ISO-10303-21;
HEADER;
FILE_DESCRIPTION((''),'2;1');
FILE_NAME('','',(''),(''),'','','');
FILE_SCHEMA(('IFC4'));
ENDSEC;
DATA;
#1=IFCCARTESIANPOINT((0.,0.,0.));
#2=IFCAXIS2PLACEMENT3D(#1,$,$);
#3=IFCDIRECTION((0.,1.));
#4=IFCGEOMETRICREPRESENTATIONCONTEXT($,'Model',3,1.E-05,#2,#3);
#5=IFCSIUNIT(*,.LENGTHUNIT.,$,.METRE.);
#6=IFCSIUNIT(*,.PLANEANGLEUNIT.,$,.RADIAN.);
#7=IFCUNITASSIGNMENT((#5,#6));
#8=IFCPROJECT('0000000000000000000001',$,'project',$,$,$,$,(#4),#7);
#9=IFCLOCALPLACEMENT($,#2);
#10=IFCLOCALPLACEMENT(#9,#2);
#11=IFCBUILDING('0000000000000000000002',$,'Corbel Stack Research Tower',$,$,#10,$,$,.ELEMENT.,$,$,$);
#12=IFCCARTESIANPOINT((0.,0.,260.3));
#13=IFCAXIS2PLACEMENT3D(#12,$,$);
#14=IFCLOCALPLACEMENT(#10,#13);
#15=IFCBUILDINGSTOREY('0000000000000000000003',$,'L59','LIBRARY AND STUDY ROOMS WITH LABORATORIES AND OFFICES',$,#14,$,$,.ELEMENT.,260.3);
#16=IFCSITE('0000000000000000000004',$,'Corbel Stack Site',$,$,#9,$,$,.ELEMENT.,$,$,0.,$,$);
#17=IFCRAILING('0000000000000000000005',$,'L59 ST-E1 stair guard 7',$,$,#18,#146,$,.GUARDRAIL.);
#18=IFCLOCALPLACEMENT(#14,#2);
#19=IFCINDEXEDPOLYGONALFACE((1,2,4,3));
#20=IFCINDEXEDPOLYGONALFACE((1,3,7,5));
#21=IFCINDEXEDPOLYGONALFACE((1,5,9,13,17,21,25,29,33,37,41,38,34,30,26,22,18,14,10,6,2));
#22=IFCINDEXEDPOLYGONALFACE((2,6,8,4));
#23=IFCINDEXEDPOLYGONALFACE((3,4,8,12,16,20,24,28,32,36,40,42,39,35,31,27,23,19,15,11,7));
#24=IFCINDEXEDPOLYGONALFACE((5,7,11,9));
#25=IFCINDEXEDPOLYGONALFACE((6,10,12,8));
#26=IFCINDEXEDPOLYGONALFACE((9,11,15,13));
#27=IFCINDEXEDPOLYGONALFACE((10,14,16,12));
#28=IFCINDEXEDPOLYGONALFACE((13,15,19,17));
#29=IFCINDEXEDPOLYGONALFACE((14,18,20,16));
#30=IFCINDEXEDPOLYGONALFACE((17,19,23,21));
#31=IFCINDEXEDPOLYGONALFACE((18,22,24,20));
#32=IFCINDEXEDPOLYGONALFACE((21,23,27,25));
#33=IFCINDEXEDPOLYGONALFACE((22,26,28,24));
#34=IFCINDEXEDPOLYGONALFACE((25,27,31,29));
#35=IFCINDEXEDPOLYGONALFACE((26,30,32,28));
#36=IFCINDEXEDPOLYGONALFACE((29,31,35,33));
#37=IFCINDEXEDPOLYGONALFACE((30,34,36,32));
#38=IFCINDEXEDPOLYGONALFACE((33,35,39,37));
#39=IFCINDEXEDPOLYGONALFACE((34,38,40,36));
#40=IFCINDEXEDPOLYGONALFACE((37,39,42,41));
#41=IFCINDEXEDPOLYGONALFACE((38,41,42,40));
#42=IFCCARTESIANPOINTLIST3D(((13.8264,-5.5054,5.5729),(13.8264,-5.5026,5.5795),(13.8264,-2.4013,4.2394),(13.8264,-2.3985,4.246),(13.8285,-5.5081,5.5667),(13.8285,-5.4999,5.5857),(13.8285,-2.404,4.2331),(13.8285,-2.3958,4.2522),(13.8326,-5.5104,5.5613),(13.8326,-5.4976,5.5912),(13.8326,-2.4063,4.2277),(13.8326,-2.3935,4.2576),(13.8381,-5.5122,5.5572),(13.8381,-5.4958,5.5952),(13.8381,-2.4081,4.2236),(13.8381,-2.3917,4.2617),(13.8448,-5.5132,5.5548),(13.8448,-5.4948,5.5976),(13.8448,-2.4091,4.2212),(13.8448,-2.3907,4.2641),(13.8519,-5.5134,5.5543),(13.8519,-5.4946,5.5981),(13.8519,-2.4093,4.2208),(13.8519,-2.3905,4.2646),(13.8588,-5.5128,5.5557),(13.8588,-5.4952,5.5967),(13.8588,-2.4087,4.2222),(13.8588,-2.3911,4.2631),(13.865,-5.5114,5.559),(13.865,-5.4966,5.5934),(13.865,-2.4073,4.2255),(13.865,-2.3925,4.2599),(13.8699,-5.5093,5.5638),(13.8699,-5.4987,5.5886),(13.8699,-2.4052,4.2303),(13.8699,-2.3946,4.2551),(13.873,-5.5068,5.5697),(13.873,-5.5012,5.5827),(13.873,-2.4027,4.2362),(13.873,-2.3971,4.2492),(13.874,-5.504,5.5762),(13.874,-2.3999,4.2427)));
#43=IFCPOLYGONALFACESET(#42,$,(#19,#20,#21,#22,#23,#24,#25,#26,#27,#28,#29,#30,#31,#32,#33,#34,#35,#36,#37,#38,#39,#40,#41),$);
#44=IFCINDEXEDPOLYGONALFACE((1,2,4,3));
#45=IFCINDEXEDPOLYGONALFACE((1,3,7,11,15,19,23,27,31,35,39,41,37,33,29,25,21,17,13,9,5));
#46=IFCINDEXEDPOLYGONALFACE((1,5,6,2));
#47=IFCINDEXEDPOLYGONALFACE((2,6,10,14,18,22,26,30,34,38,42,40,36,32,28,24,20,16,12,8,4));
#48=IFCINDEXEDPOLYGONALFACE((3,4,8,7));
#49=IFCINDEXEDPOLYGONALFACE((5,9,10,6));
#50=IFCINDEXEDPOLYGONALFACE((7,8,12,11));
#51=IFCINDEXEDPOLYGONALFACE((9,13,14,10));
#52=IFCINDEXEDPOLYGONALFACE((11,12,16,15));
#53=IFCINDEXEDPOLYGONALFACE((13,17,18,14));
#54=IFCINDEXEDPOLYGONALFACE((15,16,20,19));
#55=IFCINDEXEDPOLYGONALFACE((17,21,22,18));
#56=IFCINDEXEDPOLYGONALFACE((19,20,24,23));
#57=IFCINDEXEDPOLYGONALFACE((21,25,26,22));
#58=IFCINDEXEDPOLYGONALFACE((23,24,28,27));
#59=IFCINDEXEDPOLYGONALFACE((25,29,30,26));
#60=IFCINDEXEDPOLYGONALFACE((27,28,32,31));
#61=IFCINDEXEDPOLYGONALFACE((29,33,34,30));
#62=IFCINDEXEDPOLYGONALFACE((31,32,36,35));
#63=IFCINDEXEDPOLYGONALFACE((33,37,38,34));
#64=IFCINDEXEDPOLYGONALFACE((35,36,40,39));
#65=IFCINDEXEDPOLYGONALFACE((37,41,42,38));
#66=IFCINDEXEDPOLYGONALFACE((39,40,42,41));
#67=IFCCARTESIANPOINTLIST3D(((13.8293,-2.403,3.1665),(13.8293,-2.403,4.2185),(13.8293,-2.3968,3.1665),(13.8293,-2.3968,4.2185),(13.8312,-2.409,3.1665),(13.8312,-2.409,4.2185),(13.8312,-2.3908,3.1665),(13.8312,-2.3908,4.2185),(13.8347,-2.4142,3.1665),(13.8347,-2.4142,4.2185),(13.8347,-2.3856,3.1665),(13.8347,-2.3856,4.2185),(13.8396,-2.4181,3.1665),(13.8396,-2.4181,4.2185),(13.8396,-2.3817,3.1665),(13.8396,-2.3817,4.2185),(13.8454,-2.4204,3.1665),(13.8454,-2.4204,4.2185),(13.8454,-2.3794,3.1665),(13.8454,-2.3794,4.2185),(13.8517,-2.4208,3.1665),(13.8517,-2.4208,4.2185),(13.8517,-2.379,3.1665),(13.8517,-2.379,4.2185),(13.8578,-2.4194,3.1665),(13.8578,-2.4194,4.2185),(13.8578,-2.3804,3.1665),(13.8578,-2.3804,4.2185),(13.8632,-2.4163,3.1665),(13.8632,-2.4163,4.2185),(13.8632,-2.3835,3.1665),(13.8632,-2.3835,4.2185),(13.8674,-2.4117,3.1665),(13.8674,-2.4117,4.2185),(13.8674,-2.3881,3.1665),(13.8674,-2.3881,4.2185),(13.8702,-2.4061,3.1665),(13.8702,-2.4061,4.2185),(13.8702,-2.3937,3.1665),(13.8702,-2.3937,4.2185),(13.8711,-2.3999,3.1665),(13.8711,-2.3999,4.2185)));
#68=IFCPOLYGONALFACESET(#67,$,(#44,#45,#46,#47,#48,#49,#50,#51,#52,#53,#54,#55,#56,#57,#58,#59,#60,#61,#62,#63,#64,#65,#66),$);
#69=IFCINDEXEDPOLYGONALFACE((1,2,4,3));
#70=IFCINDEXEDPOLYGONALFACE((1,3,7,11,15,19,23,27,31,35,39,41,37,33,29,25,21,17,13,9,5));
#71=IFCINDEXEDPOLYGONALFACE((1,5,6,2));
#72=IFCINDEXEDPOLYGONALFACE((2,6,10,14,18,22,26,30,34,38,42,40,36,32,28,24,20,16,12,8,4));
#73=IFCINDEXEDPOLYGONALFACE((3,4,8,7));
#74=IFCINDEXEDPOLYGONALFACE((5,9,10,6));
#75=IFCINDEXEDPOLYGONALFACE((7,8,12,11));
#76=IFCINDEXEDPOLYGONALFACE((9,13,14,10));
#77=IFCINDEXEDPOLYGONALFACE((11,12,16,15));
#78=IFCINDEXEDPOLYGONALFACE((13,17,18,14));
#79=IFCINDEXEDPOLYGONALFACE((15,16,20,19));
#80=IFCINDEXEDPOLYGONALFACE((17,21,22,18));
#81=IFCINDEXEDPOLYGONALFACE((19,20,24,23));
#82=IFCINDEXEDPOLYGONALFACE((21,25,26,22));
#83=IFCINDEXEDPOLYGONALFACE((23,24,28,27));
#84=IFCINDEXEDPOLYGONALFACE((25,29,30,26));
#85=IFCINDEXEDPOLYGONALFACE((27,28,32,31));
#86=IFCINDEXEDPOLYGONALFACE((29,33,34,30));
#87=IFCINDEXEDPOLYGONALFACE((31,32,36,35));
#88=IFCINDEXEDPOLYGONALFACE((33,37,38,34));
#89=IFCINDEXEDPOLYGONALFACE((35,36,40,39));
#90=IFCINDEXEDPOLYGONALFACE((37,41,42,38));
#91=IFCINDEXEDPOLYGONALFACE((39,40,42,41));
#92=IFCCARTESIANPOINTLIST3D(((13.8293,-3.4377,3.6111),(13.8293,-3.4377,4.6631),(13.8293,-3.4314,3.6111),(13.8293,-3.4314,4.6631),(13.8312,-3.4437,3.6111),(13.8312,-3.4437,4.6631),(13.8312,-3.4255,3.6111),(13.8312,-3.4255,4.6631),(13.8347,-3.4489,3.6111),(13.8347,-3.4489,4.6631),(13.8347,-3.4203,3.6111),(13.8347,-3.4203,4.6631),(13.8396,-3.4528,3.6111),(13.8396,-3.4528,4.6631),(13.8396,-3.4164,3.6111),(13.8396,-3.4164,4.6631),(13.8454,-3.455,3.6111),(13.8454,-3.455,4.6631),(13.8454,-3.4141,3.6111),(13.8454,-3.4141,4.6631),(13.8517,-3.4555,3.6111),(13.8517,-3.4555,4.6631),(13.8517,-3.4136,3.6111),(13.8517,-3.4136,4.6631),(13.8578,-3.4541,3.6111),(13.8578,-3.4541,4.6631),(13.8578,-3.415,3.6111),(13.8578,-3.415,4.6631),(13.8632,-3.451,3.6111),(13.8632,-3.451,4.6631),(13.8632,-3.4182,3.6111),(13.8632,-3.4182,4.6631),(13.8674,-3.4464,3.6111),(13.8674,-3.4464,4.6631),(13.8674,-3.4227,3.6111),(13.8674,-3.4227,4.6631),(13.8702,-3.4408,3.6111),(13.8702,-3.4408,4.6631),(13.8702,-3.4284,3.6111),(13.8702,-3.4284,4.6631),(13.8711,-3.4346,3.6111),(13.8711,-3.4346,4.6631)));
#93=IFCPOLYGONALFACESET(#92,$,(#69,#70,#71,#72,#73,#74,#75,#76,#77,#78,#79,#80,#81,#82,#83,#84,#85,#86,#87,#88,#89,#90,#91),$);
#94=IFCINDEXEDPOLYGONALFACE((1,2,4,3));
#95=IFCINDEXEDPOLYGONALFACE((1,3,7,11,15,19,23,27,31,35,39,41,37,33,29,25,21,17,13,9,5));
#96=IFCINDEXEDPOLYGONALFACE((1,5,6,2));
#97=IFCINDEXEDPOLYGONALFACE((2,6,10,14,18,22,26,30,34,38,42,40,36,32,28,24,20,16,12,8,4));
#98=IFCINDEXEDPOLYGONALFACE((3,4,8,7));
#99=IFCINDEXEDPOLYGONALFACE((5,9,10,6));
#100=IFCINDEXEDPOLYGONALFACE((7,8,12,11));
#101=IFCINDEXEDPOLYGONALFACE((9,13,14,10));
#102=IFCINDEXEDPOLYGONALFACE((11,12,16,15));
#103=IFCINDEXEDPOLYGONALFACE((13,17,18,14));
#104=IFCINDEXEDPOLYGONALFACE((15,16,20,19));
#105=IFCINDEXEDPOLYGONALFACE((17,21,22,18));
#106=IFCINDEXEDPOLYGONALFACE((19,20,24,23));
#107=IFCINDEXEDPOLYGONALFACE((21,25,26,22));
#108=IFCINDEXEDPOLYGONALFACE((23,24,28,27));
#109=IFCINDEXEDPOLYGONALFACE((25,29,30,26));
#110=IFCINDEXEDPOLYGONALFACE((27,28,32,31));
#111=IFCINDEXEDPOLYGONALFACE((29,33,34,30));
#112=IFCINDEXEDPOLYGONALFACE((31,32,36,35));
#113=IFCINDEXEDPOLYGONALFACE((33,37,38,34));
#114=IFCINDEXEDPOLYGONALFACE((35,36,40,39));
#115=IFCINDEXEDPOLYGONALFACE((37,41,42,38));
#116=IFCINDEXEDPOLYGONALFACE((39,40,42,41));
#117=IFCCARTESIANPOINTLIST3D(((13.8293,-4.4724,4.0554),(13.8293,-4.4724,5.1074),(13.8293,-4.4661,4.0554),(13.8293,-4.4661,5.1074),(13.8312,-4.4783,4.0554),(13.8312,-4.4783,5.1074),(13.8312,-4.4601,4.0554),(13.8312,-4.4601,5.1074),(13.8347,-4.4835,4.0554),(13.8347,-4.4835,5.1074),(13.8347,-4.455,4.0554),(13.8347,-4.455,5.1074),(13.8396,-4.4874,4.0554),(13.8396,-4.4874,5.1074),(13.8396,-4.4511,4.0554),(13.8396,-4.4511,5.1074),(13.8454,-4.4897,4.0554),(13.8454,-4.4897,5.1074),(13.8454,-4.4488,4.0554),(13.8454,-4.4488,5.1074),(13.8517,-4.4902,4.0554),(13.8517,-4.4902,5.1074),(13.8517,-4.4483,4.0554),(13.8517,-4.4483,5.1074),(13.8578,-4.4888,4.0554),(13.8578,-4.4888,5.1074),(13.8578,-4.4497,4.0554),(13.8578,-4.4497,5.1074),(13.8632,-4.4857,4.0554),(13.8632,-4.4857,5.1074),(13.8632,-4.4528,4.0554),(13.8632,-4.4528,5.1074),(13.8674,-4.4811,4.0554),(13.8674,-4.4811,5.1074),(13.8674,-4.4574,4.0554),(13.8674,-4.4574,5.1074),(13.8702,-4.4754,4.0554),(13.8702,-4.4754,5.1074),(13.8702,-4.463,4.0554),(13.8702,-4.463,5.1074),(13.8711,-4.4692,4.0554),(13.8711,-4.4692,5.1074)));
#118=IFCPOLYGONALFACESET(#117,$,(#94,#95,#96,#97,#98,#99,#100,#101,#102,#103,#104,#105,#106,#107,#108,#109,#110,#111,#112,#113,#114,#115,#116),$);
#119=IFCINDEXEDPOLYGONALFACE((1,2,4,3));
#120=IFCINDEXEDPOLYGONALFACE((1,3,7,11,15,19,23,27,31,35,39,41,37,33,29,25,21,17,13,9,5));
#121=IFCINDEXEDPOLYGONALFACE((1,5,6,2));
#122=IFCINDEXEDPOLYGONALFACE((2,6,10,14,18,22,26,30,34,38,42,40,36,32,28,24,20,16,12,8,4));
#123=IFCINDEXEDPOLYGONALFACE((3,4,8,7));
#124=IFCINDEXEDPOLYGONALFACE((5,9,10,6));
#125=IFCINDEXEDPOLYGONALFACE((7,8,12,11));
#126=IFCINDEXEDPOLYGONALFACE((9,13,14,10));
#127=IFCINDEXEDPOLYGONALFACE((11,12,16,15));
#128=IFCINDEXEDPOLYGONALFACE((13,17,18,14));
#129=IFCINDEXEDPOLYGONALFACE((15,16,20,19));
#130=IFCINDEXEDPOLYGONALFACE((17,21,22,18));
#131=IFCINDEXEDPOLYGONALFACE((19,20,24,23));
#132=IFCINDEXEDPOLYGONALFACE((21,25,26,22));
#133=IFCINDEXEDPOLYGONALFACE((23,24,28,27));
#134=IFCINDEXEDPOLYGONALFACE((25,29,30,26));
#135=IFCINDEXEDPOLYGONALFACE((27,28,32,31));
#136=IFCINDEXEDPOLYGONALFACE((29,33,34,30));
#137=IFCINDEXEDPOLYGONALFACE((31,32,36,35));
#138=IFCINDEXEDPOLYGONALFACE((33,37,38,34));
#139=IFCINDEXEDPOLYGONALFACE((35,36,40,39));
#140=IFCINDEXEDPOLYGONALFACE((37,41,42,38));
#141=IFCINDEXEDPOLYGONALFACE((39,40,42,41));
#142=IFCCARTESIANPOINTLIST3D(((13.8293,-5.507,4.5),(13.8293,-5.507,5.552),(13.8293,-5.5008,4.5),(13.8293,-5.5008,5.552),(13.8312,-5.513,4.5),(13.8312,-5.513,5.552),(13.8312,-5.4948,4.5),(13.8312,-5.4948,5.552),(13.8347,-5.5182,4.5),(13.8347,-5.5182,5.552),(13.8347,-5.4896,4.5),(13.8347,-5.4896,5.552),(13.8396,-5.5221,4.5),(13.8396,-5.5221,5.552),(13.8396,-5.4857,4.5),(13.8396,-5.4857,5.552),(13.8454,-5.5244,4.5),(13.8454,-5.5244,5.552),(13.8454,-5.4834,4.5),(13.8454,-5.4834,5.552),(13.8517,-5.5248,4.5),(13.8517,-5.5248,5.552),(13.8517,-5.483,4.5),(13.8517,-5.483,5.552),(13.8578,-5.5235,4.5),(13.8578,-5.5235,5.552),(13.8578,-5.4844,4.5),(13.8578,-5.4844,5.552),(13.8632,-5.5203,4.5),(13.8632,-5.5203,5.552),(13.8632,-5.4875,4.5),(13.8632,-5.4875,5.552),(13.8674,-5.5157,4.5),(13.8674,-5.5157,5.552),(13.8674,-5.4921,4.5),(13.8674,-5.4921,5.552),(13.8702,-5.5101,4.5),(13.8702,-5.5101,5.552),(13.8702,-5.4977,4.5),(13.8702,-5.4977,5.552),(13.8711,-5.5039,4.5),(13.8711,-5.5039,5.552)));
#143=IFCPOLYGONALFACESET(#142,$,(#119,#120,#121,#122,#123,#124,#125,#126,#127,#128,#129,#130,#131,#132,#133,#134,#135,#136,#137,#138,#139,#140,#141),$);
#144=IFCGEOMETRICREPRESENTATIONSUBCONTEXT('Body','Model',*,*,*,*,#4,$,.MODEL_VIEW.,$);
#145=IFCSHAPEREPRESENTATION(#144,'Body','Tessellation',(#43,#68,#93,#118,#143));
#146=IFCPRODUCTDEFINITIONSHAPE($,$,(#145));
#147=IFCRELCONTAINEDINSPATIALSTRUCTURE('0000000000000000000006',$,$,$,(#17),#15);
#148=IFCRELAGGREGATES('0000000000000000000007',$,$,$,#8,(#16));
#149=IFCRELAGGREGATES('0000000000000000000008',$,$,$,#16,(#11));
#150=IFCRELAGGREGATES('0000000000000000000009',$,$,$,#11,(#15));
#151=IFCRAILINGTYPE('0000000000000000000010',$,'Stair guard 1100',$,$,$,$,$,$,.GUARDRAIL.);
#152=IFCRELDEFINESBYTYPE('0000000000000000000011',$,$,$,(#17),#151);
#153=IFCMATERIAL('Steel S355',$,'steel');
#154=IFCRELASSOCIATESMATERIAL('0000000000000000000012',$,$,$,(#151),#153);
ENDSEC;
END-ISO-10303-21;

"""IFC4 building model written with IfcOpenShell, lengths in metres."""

from ifc_helpers import new_model, si_unit, direction, frame, origin, origin_2d, place, context, subcontext, project, spatial, circle, extrude, material, type_object, element, save


model = new_model("IFC4")

# Units and contexts
model_context = context("Model", 3, precision=1e-05, world=origin(), true_north=direction((0.0, 1.0)))
body_context = subcontext(model_context, "Body", "Model", "MODEL_VIEW")
ifc_project = project(units=[si_unit("LENGTHUNIT", "METRE"), si_unit("PLANEANGLEUNIT", "RADIAN")], contexts=[model_context])

# Site, building, storey
site_placement = place(None, origin())
site = spatial("IfcSite", under=ifc_project, at=site_placement, Name="Corbel Stack Site", CompositionType="ELEMENT", RefElevation=0.0)
building_placement = place(site_placement, origin())
building = spatial("IfcBuilding", under=site, at=building_placement, Name="Corbel Stack Research Tower", CompositionType="ELEMENT")
storey_placement = place(building_placement, frame((0.0, 0.0, 260.3)))
storey = spatial("IfcBuildingStorey", under=building, at=storey_placement, Name="L59", Description="LIBRARY AND STUDY ROOMS WITH LABORATORIES AND OFFICES", CompositionType="ELEMENT", Elevation=260.3)

# Railing
ifc_material_1 = material(Name="Steel S355", Category="steel")
railing_type_1 = type_object("IfcRailingType", Name="Stair guard 1100", PredefinedType="GUARDRAIL", material=ifc_material_1)
railing_1_placement = place(storey_placement, frame((13.8501, -2.3999, 3.1665)))
element("IfcRailing", 1, at=railing_1_placement, inside=storey, type_object=railing_type_1, Name="L59 ST-E1 stair guard 7", PredefinedType="GUARDRAIL", context=body_context, shape_type="SweptSolid", body=[
    extrude(circle(Radius=0.0239, at=origin_2d()), frame((0.0, 0.0, 1.0762), z_axis=(0.0, -0.918801, 0.394722), x_axis=(1.0, 0.0, 0.0)), (0.0, 0.0, 1.0), 3.3784),
    extrude(circle(Radius=0.021, at=origin_2d()), origin(), (0.0, 0.0, 1.0), 1.052),
    extrude(circle(Radius=0.021, at=origin_2d()), frame((0.0, -1.0347, 0.4446)), (0.0, 0.0, 1.0), 1.052),
    extrude(circle(Radius=0.021, at=origin_2d()), frame((0.0, -2.0693, 0.8889)), (0.0, 0.0, 1.0), 1.052),
    extrude(circle(Radius=0.021, at=origin_2d()), frame((0.0, -3.104, 1.3335)), (0.0, 0.0, 1.0), 1.052),
])

save(model, "model.ifc")
